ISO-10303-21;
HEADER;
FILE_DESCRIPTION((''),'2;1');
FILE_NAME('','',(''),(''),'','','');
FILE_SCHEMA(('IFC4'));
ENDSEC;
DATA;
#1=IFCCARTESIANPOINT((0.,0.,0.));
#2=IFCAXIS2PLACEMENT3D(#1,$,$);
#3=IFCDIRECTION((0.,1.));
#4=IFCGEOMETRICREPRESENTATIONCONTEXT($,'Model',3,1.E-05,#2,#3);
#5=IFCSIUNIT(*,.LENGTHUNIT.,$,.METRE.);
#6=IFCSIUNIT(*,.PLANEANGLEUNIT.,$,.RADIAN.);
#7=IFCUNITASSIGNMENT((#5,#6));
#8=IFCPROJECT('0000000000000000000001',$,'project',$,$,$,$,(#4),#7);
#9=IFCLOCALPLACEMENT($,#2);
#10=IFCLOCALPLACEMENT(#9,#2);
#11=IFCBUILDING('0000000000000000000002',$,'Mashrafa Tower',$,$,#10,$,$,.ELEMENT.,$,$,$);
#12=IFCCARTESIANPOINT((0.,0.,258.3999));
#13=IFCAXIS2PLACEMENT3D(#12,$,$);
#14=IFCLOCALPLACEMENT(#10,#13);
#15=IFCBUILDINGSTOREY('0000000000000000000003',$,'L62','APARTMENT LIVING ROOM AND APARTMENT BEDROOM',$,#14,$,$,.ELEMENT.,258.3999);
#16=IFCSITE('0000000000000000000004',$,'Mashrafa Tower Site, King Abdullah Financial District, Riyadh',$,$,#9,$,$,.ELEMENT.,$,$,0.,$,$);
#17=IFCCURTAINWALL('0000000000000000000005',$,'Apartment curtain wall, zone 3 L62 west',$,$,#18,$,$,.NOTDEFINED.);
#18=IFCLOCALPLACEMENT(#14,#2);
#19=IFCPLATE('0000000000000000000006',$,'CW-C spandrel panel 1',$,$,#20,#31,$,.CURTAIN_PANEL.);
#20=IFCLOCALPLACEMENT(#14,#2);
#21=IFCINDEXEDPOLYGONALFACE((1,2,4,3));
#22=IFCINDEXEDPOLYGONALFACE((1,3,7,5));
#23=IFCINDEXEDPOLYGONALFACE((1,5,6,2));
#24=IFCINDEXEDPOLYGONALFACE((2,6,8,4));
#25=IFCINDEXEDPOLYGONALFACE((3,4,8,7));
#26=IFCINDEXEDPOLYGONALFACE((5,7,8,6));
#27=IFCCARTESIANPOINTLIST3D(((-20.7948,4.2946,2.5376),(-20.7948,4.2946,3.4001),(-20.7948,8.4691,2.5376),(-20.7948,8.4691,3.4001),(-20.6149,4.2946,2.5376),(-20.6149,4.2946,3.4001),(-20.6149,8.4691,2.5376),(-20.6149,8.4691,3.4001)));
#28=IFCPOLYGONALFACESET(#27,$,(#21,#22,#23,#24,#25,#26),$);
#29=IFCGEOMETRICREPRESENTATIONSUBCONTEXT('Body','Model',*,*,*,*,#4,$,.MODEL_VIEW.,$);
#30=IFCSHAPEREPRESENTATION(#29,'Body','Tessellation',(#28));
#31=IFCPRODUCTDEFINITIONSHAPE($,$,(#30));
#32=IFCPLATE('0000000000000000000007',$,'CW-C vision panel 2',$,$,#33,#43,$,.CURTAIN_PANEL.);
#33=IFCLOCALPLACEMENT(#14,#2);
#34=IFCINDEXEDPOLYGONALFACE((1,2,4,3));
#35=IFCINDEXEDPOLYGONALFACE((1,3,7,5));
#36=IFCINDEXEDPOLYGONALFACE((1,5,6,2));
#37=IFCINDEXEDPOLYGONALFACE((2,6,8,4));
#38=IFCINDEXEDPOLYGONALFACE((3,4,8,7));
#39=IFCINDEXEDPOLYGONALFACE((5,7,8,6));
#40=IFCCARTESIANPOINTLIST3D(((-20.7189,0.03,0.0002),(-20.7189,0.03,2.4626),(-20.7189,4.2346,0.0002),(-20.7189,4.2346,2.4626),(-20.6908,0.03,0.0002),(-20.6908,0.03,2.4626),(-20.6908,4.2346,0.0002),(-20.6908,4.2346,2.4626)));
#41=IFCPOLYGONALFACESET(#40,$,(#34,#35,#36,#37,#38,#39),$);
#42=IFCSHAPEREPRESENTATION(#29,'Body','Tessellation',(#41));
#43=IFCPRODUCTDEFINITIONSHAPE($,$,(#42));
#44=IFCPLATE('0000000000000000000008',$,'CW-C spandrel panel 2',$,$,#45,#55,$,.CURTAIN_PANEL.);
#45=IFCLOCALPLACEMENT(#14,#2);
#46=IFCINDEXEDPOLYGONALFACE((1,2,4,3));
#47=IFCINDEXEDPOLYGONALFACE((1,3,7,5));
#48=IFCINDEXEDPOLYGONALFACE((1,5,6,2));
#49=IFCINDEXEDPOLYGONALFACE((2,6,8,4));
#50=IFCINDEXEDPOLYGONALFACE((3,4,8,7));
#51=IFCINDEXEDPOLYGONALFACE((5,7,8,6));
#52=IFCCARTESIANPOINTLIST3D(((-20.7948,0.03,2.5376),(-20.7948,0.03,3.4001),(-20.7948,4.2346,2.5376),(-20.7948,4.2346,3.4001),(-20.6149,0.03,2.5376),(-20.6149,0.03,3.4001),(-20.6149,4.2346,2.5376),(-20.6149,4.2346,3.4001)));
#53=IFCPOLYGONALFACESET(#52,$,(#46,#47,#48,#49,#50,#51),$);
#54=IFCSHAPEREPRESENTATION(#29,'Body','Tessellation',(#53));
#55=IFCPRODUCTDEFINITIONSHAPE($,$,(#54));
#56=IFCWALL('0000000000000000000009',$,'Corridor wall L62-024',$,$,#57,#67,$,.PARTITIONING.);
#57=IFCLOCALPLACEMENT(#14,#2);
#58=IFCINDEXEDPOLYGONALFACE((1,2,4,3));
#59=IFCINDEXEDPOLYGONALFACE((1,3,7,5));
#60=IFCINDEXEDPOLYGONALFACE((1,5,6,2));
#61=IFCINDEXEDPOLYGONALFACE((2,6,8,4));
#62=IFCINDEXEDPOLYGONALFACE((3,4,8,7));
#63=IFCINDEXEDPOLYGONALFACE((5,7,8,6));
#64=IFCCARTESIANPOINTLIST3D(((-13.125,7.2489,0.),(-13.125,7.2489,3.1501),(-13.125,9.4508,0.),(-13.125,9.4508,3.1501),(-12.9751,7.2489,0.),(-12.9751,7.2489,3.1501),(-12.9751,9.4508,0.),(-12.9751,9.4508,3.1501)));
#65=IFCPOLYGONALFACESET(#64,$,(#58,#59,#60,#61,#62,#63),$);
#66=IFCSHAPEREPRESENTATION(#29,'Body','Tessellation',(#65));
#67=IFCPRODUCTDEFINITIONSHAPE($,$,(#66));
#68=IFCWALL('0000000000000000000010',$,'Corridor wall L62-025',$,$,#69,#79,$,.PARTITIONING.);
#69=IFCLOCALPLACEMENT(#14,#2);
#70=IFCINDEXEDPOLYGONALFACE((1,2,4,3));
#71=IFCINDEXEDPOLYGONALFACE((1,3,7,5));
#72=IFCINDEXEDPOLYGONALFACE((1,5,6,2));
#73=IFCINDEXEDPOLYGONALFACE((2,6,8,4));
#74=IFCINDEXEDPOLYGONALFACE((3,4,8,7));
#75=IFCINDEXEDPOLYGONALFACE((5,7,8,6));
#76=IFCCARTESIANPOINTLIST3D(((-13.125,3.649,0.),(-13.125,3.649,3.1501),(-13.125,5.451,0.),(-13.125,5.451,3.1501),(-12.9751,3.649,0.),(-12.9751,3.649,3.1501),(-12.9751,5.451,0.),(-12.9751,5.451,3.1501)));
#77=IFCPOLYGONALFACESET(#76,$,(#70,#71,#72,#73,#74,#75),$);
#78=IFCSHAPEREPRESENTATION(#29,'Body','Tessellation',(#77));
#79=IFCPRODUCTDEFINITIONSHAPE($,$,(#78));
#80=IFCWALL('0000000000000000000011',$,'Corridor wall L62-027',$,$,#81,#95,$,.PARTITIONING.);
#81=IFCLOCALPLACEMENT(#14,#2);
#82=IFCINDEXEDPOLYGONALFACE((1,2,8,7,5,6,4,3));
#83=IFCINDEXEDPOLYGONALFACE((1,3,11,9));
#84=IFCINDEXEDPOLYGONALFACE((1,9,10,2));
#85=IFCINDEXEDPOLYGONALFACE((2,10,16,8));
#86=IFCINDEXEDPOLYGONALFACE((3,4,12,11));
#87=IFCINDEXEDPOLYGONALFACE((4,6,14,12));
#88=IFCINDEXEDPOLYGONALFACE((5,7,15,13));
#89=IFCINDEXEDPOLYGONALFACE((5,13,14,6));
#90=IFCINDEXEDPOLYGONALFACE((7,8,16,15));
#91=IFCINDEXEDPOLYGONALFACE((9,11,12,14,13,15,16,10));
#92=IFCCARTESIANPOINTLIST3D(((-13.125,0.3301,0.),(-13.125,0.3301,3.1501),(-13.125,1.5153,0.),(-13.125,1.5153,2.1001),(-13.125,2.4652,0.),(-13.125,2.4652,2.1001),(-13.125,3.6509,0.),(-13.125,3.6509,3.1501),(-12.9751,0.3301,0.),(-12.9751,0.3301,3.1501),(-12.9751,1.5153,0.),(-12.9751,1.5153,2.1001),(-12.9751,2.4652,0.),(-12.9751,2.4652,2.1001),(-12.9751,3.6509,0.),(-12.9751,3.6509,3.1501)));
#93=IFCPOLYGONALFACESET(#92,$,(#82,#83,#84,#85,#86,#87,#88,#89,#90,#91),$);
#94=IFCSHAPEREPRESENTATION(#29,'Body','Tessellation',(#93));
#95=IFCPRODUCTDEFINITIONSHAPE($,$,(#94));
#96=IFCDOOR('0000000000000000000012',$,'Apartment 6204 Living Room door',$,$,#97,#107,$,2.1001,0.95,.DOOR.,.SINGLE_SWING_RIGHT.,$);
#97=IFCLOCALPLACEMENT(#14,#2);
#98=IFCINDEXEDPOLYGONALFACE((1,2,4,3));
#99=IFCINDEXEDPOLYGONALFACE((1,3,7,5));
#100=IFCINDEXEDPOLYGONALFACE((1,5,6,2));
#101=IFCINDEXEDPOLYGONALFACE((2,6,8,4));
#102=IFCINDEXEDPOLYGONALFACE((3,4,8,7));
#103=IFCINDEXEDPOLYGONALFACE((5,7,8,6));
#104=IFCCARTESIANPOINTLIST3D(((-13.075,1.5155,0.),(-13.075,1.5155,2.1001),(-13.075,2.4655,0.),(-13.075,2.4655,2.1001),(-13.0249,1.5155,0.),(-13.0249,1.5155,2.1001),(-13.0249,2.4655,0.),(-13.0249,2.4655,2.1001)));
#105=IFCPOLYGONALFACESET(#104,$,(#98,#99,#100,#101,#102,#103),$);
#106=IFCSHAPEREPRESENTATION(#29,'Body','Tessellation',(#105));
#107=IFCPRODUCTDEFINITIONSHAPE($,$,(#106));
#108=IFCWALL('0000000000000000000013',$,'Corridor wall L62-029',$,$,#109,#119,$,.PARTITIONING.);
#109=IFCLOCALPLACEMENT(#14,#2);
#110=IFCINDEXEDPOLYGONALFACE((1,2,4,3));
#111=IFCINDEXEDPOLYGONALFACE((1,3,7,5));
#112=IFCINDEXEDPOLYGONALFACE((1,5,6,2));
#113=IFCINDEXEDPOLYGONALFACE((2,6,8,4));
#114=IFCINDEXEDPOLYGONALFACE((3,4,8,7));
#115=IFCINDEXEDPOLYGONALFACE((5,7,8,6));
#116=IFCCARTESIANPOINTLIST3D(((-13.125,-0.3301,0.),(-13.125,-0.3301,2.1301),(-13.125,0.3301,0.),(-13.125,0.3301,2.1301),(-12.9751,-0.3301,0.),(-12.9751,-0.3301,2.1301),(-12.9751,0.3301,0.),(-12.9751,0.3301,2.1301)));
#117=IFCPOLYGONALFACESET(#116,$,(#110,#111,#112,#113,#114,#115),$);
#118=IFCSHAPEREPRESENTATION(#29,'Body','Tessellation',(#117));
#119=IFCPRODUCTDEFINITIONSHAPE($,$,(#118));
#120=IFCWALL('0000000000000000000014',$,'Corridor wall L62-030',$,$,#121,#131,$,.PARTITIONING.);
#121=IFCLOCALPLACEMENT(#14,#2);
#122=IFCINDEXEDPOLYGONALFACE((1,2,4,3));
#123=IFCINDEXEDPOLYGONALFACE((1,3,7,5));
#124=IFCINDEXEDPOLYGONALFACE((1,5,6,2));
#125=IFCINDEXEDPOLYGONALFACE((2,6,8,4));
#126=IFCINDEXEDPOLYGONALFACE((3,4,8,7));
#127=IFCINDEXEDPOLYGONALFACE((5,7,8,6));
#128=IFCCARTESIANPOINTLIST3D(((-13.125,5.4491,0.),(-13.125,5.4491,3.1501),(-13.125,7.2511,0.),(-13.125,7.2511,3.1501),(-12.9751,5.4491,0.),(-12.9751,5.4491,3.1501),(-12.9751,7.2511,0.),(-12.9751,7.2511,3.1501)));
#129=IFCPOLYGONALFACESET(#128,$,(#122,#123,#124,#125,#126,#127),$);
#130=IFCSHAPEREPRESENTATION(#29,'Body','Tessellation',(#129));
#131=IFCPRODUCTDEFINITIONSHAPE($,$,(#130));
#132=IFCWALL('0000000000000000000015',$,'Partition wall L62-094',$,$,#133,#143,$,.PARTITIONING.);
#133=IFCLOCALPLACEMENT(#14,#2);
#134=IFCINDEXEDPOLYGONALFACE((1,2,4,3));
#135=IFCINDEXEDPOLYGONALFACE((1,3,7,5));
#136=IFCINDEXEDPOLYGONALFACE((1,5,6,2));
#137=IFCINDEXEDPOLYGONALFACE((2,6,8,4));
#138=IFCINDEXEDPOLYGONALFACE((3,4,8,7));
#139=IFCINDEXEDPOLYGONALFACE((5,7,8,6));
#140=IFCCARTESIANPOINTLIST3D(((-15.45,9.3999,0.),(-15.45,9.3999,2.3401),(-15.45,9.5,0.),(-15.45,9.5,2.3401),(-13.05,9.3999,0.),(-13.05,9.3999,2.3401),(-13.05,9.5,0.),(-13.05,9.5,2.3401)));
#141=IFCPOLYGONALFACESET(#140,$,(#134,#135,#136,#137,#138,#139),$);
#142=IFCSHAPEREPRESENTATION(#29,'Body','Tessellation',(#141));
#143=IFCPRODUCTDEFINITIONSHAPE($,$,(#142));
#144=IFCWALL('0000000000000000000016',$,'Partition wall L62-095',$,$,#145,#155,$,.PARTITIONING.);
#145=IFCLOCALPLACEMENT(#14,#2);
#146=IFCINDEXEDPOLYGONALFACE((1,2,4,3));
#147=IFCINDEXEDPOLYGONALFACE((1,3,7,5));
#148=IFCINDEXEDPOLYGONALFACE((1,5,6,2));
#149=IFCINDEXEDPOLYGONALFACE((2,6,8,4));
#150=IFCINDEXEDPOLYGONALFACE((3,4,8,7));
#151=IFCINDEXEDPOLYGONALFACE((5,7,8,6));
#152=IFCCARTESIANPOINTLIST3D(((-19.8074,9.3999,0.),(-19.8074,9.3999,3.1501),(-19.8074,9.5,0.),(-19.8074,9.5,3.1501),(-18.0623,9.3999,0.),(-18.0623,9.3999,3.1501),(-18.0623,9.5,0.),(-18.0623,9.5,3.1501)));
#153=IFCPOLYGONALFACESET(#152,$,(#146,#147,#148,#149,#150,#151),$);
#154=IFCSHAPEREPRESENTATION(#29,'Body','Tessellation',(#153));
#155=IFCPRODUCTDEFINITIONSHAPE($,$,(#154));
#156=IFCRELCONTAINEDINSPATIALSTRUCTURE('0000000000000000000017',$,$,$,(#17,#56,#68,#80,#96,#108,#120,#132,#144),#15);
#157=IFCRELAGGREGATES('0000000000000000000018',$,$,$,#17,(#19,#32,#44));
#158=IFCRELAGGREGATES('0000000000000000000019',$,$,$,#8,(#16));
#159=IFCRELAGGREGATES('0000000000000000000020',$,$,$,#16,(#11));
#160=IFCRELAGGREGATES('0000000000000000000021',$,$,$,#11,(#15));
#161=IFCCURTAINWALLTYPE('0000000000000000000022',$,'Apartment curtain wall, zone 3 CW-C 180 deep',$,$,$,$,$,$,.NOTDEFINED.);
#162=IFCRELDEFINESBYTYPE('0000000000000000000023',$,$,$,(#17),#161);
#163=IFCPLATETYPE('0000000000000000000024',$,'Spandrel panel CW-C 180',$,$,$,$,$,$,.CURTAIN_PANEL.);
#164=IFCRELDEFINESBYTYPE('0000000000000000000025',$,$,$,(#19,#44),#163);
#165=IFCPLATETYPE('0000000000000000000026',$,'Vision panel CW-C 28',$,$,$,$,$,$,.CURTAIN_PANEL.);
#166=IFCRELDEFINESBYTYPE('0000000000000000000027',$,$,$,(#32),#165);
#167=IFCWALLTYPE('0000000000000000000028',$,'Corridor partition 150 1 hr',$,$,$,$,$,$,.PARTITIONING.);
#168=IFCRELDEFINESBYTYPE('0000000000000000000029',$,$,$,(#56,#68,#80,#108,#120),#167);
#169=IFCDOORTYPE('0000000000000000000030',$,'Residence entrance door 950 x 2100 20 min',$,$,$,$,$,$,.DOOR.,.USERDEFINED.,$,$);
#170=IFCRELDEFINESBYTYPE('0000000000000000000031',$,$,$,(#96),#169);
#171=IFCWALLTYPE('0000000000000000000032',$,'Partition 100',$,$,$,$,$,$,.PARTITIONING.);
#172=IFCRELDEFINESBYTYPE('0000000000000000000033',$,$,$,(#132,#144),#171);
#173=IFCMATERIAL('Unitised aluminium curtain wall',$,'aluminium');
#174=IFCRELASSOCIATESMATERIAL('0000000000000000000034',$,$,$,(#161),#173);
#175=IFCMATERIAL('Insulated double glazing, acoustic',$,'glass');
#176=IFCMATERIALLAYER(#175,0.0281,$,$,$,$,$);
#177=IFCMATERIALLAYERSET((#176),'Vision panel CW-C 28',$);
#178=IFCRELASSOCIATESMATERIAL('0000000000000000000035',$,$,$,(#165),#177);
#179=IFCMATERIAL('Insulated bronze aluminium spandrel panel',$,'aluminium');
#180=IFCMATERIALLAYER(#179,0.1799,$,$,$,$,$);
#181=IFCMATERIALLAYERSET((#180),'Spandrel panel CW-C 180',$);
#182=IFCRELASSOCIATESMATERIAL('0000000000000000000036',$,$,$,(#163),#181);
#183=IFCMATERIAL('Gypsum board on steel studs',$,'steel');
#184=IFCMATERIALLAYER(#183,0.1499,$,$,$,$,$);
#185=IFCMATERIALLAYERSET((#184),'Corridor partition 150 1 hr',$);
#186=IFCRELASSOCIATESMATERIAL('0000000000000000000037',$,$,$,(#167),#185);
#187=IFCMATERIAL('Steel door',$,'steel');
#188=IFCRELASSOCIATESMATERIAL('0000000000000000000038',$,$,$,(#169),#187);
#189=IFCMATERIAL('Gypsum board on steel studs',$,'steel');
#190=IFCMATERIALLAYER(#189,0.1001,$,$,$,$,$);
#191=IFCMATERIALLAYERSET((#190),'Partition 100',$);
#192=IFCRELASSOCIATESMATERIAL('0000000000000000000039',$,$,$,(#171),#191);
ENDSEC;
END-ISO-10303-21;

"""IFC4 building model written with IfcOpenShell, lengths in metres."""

from ifc_helpers import new_model, si_unit, direction, frame, frame_2d, origin, origin_2d, place, context, subcontext, project, spatial, rectangle, extrude, source, transform, mapped, material, layer, layer_set, type_object, type_shapes, element, fill, aggregate, save


model = new_model("IFC4")

# Units and contexts
model_context = context("Model", 3, precision=1e-05, world=origin(), true_north=direction((0.0, 1.0)))
body_context = subcontext(model_context, "Body", "Model", "MODEL_VIEW")
ifc_project = project(units=[si_unit("LENGTHUNIT", "METRE"), si_unit("PLANEANGLEUNIT", "RADIAN")], contexts=[model_context])

# Site, building, storey
site_placement = place(None, origin())
site = spatial("IfcSite", under=ifc_project, at=site_placement, Name="Mashrafa Tower Site, King Abdullah Financial District, Riyadh", CompositionType="ELEMENT", RefElevation=0.0)
building_placement = place(site_placement, origin())
building = spatial("IfcBuilding", under=site, at=building_placement, Name="Mashrafa Tower", CompositionType="ELEMENT")
storey_placement = place(building_placement, frame((0.0, 0.0, 258.3999)))
storey = spatial("IfcBuildingStorey", under=building, at=storey_placement, Name="L62", Description="APARTMENT LIVING ROOM AND APARTMENT BEDROOM", CompositionType="ELEMENT", Elevation=258.3999)

# Shared definitions
ifc_material_1 = material(Name="Unitised aluminium curtain wall", Category="aluminium")
curtain_wall_type = type_object("IfcCurtainWallType", Name="Apartment curtain wall, zone 3 CW-C 180 deep", PredefinedType="NOTDEFINED", material=ifc_material_1)

# Curtain wall, plates
curtain_wall_1_placement = place(storey_placement, origin())
curtain_wall_1 = element("IfcCurtainWall", 1, at=curtain_wall_1_placement, inside=storey, type_object=curtain_wall_type, Name="Apartment curtain wall, zone 3 L62 west", PredefinedType="NOTDEFINED")
ifc_material_2 = material(Name="Insulated double glazing, acoustic", Category="glass")
ifc_layer_1 = layer(ifc_material_2, 0.0281)
ifc_layer_set_1 = layer_set([ifc_layer_1], Name="Vision panel CW-C 28")
plate_type_1 = type_object("IfcPlateType", Name="Vision panel CW-C 28", PredefinedType="CURTAIN_PANEL", material=ifc_layer_set_1)
ifc_material_3 = material(Name="Insulated bronze aluminium spandrel panel", Category="aluminium")
ifc_layer_2 = layer(ifc_material_3, 0.1799)
ifc_layer_set_2 = layer_set([ifc_layer_2], Name="Spandrel panel CW-C 180")
plate_type_2 = type_object("IfcPlateType", Name="Spandrel panel CW-C 180", PredefinedType="CURTAIN_PANEL", material=ifc_layer_set_2)
shared_shape_1 = source(origin(), body_context, "Body", "SweptSolid", [
    extrude(rectangle(XDim=4.1746, YDim=0.1799, at=origin_2d()), origin(), (0.0, 0.0, 1.0), 0.8625),
])
plate_1_placement = place(storey_placement, frame((-20.7048, 6.3818, 2.5376), z_axis=(0.0, 0.0, 1.0), x_axis=(0.0, -1.0, 0.0)))
plate_1 = element("IfcPlate", 2, at=plate_1_placement, type_object=plate_type_2, Name="CW-C spandrel panel 1", PredefinedType="CURTAIN_PANEL", context=body_context, shape_type="MappedRepresentation", body=[
    mapped(shared_shape_1, transform((0.0, 0.0, 0.0))),
])
shared_shape_2 = source(origin(), body_context, "Body", "SweptSolid", [
    extrude(rectangle(XDim=4.2046, YDim=0.0281, at=origin_2d()), origin(), (0.0, 0.0, 1.0), 2.4624),
])
plate_2_placement = place(storey_placement, frame((-20.7048, 2.1323, 0.0002), z_axis=(0.0, 0.0, 1.0), x_axis=(0.0, -1.0, 0.0)))
plate_2 = element("IfcPlate", 3, at=plate_2_placement, type_object=plate_type_1, Name="CW-C vision panel 2", PredefinedType="CURTAIN_PANEL", context=body_context, shape_type="MappedRepresentation", body=[
    mapped(shared_shape_2, transform((0.0, 0.0, 0.0))),
])
shared_shape_3 = source(origin(), body_context, "Body", "SweptSolid", [
    extrude(rectangle(XDim=4.2046, YDim=0.1799, at=origin_2d()), origin(), (0.0, 0.0, 1.0), 0.8625),
])
type_shapes(plate_type_2, [shared_shape_1, shared_shape_3])
plate_3_placement = place(storey_placement, frame((-20.7048, 2.1323, 2.5376), z_axis=(0.0, 0.0, 1.0), x_axis=(0.0, -1.0, 0.0)))
plate_3 = element("IfcPlate", 4, at=plate_3_placement, type_object=plate_type_2, Name="CW-C spandrel panel 2", PredefinedType="CURTAIN_PANEL", context=body_context, shape_type="MappedRepresentation", body=[
    mapped(shared_shape_3, transform((0.0, 0.0, 0.0))),
])
aggregate(curtain_wall_1, [plate_1, plate_2, plate_3])

# Walls
ifc_material_4 = material(Name="Gypsum board on steel studs", Category="steel")
ifc_layer_3 = layer(ifc_material_4, 0.1499)
ifc_layer_set_3 = layer_set([ifc_layer_3], Name="Corridor partition 150 1 hr")
wall_type_1 = type_object("IfcWallType", Name="Corridor partition 150 1 hr", PredefinedType="PARTITIONING", material=ifc_layer_set_3)
wall_1_placement = place(storey_placement, frame((-13.05, 9.4509, 0.0), z_axis=(0.0, 0.0, 1.0), x_axis=(0.0, -1.0, 0.0)))
element("IfcWall", 5, at=wall_1_placement, inside=storey, type_object=wall_type_1, Name="Corridor wall L62-024", PredefinedType="PARTITIONING", context=body_context, shape_type="SweptSolid", body=[
    extrude(rectangle(XDim=2.2019, YDim=0.1499, at=frame_2d((1.1011, 0.0))), origin(), (0.0, 0.0, 1.0), 3.1501),
])
wall_2_placement = place(storey_placement, frame((-13.05, 5.4509, 0.0), z_axis=(0.0, 0.0, 1.0), x_axis=(0.0, -1.0, 0.0)))
element("IfcWall", 6, at=wall_2_placement, inside=storey, type_object=wall_type_1, Name="Corridor wall L62-025", PredefinedType="PARTITIONING", context=body_context, shape_type="SweptSolid", body=[
    extrude(rectangle(XDim=1.802, YDim=0.1499, at=frame_2d((0.9009, 0.0))), origin(), (0.0, 0.0, 1.0), 3.1501),
])

# Wall, opening, door
wall_3_placement = place(storey_placement, frame((-13.05, 3.6509, 0.0), z_axis=(0.0, 0.0, 1.0), x_axis=(0.0, -1.0, 0.0)))
wall_3 = element("IfcWall", 7, at=wall_3_placement, inside=storey, type_object=wall_type_1, Name="Corridor wall L62-027", PredefinedType="PARTITIONING", context=body_context, shape_type="SweptSolid", body=[
    extrude(rectangle(XDim=3.3208, YDim=0.1499, at=frame_2d((1.6604, 0.0))), origin(), (0.0, 0.0, 1.0), 3.1501),
])
opening_1_placement = place(wall_3_placement, frame((1.1855, 0.0, 0.0)))
opening_1 = element("IfcOpeningElement", 8, at=opening_1_placement, cuts=wall_3, PredefinedType="OPENING", context=body_context, shape_type="SweptSolid", body=[
    extrude(rectangle(XDim=0.95, YDim=2.1001, at=frame_2d((0.4751, 1.05))), frame((0.0, 0.085, 0.0), z_axis=(0.0, -1.0, 0.0), x_axis=(1.0, 0.0, 0.0)), (0.0, 0.0, 1.0), 0.1699),
])
ifc_material_5 = material(Name="Steel door", Category="steel")
door_type_1 = type_object("IfcDoorType", Name="Residence entrance door 950 x 2100 20 min", OperationType="USERDEFINED", PredefinedType="DOOR", material=ifc_material_5)
door_1_placement = place(opening_1_placement, frame((0.95, 0.0, 0.0), z_axis=(0.0, 0.0, 1.0), x_axis=(-1.0, 0.0, 0.0)))
door_1 = element("IfcDoor", 9, at=door_1_placement, inside=storey, type_object=door_type_1, Name="Apartment 6204 Living Room door", OperationType="SINGLE_SWING_RIGHT", OverallHeight=2.1001, OverallWidth=0.95, PredefinedType="DOOR", context=body_context, shape_type="SweptSolid", body=[
    extrude(rectangle(XDim=0.95, YDim=2.1001, at=frame_2d((0.4751, 1.05))), frame((0.0, 0.0249, 0.0), z_axis=(0.0, -1.0, 0.0), x_axis=(1.0, 0.0, 0.0)), (0.0, 0.0, 1.0), 0.05),
])
fill(opening_1, door_1)

# Walls
wall_4_placement = place(storey_placement, frame((-13.05, 0.3301, 0.0), z_axis=(0.0, 0.0, 1.0), x_axis=(0.0, -1.0, 0.0)))
element("IfcWall", 10, at=wall_4_placement, inside=storey, type_object=wall_type_1, Name="Corridor wall L62-029", PredefinedType="PARTITIONING", context=body_context, shape_type="SweptSolid", body=[
    extrude(rectangle(XDim=0.6602, YDim=0.1499, at=frame_2d((0.3301, 0.0))), origin(), (0.0, 0.0, 1.0), 2.1301),
])
wall_5_placement = place(storey_placement, frame((-13.05, 7.251, 0.0), z_axis=(0.0, 0.0, 1.0), x_axis=(0.0, -1.0, 0.0)))
element("IfcWall", 11, at=wall_5_placement, inside=storey, type_object=wall_type_1, Name="Corridor wall L62-030", PredefinedType="PARTITIONING", context=body_context, shape_type="SweptSolid", body=[
    extrude(rectangle(XDim=1.802, YDim=0.1499, at=frame_2d((0.9009, 0.0))), origin(), (0.0, 0.0, 1.0), 3.1501),
])
ifc_material_6 = material(Name="Gypsum board on steel studs", Category="steel")
ifc_layer_4 = layer(ifc_material_6, 0.1001)
ifc_layer_set_4 = layer_set([ifc_layer_4], Name="Partition 100")
wall_type_2 = type_object("IfcWallType", Name="Partition 100", PredefinedType="PARTITIONING", material=ifc_layer_set_4)
wall_6_placement = place(storey_placement, frame((-15.45, 9.45, 0.0), z_axis=(0.0, 0.0, 1.0), x_axis=(1.0, 0.0, 0.0)))
element("IfcWall", 12, at=wall_6_placement, inside=storey, type_object=wall_type_2, Name="Partition wall L62-094", PredefinedType="PARTITIONING", context=body_context, shape_type="SweptSolid", body=[
    extrude(rectangle(XDim=2.3999, YDim=0.1001, at=frame_2d((1.2, 0.0))), origin(), (0.0, 0.0, 1.0), 2.3401),
])
wall_7_placement = place(storey_placement, frame((-19.8074, 9.45, 0.0), z_axis=(0.0, 0.0, 1.0), x_axis=(1.0, 0.0, 0.0)))
element("IfcWall", 13, at=wall_7_placement, inside=storey, type_object=wall_type_2, Name="Partition wall L62-095", PredefinedType="PARTITIONING", context=body_context, shape_type="SweptSolid", body=[
    extrude(rectangle(XDim=1.7451, YDim=0.1001, at=frame_2d((0.8726, 0.0))), origin(), (0.0, 0.0, 1.0), 3.1501),
])

save(model, "model.ifc")
